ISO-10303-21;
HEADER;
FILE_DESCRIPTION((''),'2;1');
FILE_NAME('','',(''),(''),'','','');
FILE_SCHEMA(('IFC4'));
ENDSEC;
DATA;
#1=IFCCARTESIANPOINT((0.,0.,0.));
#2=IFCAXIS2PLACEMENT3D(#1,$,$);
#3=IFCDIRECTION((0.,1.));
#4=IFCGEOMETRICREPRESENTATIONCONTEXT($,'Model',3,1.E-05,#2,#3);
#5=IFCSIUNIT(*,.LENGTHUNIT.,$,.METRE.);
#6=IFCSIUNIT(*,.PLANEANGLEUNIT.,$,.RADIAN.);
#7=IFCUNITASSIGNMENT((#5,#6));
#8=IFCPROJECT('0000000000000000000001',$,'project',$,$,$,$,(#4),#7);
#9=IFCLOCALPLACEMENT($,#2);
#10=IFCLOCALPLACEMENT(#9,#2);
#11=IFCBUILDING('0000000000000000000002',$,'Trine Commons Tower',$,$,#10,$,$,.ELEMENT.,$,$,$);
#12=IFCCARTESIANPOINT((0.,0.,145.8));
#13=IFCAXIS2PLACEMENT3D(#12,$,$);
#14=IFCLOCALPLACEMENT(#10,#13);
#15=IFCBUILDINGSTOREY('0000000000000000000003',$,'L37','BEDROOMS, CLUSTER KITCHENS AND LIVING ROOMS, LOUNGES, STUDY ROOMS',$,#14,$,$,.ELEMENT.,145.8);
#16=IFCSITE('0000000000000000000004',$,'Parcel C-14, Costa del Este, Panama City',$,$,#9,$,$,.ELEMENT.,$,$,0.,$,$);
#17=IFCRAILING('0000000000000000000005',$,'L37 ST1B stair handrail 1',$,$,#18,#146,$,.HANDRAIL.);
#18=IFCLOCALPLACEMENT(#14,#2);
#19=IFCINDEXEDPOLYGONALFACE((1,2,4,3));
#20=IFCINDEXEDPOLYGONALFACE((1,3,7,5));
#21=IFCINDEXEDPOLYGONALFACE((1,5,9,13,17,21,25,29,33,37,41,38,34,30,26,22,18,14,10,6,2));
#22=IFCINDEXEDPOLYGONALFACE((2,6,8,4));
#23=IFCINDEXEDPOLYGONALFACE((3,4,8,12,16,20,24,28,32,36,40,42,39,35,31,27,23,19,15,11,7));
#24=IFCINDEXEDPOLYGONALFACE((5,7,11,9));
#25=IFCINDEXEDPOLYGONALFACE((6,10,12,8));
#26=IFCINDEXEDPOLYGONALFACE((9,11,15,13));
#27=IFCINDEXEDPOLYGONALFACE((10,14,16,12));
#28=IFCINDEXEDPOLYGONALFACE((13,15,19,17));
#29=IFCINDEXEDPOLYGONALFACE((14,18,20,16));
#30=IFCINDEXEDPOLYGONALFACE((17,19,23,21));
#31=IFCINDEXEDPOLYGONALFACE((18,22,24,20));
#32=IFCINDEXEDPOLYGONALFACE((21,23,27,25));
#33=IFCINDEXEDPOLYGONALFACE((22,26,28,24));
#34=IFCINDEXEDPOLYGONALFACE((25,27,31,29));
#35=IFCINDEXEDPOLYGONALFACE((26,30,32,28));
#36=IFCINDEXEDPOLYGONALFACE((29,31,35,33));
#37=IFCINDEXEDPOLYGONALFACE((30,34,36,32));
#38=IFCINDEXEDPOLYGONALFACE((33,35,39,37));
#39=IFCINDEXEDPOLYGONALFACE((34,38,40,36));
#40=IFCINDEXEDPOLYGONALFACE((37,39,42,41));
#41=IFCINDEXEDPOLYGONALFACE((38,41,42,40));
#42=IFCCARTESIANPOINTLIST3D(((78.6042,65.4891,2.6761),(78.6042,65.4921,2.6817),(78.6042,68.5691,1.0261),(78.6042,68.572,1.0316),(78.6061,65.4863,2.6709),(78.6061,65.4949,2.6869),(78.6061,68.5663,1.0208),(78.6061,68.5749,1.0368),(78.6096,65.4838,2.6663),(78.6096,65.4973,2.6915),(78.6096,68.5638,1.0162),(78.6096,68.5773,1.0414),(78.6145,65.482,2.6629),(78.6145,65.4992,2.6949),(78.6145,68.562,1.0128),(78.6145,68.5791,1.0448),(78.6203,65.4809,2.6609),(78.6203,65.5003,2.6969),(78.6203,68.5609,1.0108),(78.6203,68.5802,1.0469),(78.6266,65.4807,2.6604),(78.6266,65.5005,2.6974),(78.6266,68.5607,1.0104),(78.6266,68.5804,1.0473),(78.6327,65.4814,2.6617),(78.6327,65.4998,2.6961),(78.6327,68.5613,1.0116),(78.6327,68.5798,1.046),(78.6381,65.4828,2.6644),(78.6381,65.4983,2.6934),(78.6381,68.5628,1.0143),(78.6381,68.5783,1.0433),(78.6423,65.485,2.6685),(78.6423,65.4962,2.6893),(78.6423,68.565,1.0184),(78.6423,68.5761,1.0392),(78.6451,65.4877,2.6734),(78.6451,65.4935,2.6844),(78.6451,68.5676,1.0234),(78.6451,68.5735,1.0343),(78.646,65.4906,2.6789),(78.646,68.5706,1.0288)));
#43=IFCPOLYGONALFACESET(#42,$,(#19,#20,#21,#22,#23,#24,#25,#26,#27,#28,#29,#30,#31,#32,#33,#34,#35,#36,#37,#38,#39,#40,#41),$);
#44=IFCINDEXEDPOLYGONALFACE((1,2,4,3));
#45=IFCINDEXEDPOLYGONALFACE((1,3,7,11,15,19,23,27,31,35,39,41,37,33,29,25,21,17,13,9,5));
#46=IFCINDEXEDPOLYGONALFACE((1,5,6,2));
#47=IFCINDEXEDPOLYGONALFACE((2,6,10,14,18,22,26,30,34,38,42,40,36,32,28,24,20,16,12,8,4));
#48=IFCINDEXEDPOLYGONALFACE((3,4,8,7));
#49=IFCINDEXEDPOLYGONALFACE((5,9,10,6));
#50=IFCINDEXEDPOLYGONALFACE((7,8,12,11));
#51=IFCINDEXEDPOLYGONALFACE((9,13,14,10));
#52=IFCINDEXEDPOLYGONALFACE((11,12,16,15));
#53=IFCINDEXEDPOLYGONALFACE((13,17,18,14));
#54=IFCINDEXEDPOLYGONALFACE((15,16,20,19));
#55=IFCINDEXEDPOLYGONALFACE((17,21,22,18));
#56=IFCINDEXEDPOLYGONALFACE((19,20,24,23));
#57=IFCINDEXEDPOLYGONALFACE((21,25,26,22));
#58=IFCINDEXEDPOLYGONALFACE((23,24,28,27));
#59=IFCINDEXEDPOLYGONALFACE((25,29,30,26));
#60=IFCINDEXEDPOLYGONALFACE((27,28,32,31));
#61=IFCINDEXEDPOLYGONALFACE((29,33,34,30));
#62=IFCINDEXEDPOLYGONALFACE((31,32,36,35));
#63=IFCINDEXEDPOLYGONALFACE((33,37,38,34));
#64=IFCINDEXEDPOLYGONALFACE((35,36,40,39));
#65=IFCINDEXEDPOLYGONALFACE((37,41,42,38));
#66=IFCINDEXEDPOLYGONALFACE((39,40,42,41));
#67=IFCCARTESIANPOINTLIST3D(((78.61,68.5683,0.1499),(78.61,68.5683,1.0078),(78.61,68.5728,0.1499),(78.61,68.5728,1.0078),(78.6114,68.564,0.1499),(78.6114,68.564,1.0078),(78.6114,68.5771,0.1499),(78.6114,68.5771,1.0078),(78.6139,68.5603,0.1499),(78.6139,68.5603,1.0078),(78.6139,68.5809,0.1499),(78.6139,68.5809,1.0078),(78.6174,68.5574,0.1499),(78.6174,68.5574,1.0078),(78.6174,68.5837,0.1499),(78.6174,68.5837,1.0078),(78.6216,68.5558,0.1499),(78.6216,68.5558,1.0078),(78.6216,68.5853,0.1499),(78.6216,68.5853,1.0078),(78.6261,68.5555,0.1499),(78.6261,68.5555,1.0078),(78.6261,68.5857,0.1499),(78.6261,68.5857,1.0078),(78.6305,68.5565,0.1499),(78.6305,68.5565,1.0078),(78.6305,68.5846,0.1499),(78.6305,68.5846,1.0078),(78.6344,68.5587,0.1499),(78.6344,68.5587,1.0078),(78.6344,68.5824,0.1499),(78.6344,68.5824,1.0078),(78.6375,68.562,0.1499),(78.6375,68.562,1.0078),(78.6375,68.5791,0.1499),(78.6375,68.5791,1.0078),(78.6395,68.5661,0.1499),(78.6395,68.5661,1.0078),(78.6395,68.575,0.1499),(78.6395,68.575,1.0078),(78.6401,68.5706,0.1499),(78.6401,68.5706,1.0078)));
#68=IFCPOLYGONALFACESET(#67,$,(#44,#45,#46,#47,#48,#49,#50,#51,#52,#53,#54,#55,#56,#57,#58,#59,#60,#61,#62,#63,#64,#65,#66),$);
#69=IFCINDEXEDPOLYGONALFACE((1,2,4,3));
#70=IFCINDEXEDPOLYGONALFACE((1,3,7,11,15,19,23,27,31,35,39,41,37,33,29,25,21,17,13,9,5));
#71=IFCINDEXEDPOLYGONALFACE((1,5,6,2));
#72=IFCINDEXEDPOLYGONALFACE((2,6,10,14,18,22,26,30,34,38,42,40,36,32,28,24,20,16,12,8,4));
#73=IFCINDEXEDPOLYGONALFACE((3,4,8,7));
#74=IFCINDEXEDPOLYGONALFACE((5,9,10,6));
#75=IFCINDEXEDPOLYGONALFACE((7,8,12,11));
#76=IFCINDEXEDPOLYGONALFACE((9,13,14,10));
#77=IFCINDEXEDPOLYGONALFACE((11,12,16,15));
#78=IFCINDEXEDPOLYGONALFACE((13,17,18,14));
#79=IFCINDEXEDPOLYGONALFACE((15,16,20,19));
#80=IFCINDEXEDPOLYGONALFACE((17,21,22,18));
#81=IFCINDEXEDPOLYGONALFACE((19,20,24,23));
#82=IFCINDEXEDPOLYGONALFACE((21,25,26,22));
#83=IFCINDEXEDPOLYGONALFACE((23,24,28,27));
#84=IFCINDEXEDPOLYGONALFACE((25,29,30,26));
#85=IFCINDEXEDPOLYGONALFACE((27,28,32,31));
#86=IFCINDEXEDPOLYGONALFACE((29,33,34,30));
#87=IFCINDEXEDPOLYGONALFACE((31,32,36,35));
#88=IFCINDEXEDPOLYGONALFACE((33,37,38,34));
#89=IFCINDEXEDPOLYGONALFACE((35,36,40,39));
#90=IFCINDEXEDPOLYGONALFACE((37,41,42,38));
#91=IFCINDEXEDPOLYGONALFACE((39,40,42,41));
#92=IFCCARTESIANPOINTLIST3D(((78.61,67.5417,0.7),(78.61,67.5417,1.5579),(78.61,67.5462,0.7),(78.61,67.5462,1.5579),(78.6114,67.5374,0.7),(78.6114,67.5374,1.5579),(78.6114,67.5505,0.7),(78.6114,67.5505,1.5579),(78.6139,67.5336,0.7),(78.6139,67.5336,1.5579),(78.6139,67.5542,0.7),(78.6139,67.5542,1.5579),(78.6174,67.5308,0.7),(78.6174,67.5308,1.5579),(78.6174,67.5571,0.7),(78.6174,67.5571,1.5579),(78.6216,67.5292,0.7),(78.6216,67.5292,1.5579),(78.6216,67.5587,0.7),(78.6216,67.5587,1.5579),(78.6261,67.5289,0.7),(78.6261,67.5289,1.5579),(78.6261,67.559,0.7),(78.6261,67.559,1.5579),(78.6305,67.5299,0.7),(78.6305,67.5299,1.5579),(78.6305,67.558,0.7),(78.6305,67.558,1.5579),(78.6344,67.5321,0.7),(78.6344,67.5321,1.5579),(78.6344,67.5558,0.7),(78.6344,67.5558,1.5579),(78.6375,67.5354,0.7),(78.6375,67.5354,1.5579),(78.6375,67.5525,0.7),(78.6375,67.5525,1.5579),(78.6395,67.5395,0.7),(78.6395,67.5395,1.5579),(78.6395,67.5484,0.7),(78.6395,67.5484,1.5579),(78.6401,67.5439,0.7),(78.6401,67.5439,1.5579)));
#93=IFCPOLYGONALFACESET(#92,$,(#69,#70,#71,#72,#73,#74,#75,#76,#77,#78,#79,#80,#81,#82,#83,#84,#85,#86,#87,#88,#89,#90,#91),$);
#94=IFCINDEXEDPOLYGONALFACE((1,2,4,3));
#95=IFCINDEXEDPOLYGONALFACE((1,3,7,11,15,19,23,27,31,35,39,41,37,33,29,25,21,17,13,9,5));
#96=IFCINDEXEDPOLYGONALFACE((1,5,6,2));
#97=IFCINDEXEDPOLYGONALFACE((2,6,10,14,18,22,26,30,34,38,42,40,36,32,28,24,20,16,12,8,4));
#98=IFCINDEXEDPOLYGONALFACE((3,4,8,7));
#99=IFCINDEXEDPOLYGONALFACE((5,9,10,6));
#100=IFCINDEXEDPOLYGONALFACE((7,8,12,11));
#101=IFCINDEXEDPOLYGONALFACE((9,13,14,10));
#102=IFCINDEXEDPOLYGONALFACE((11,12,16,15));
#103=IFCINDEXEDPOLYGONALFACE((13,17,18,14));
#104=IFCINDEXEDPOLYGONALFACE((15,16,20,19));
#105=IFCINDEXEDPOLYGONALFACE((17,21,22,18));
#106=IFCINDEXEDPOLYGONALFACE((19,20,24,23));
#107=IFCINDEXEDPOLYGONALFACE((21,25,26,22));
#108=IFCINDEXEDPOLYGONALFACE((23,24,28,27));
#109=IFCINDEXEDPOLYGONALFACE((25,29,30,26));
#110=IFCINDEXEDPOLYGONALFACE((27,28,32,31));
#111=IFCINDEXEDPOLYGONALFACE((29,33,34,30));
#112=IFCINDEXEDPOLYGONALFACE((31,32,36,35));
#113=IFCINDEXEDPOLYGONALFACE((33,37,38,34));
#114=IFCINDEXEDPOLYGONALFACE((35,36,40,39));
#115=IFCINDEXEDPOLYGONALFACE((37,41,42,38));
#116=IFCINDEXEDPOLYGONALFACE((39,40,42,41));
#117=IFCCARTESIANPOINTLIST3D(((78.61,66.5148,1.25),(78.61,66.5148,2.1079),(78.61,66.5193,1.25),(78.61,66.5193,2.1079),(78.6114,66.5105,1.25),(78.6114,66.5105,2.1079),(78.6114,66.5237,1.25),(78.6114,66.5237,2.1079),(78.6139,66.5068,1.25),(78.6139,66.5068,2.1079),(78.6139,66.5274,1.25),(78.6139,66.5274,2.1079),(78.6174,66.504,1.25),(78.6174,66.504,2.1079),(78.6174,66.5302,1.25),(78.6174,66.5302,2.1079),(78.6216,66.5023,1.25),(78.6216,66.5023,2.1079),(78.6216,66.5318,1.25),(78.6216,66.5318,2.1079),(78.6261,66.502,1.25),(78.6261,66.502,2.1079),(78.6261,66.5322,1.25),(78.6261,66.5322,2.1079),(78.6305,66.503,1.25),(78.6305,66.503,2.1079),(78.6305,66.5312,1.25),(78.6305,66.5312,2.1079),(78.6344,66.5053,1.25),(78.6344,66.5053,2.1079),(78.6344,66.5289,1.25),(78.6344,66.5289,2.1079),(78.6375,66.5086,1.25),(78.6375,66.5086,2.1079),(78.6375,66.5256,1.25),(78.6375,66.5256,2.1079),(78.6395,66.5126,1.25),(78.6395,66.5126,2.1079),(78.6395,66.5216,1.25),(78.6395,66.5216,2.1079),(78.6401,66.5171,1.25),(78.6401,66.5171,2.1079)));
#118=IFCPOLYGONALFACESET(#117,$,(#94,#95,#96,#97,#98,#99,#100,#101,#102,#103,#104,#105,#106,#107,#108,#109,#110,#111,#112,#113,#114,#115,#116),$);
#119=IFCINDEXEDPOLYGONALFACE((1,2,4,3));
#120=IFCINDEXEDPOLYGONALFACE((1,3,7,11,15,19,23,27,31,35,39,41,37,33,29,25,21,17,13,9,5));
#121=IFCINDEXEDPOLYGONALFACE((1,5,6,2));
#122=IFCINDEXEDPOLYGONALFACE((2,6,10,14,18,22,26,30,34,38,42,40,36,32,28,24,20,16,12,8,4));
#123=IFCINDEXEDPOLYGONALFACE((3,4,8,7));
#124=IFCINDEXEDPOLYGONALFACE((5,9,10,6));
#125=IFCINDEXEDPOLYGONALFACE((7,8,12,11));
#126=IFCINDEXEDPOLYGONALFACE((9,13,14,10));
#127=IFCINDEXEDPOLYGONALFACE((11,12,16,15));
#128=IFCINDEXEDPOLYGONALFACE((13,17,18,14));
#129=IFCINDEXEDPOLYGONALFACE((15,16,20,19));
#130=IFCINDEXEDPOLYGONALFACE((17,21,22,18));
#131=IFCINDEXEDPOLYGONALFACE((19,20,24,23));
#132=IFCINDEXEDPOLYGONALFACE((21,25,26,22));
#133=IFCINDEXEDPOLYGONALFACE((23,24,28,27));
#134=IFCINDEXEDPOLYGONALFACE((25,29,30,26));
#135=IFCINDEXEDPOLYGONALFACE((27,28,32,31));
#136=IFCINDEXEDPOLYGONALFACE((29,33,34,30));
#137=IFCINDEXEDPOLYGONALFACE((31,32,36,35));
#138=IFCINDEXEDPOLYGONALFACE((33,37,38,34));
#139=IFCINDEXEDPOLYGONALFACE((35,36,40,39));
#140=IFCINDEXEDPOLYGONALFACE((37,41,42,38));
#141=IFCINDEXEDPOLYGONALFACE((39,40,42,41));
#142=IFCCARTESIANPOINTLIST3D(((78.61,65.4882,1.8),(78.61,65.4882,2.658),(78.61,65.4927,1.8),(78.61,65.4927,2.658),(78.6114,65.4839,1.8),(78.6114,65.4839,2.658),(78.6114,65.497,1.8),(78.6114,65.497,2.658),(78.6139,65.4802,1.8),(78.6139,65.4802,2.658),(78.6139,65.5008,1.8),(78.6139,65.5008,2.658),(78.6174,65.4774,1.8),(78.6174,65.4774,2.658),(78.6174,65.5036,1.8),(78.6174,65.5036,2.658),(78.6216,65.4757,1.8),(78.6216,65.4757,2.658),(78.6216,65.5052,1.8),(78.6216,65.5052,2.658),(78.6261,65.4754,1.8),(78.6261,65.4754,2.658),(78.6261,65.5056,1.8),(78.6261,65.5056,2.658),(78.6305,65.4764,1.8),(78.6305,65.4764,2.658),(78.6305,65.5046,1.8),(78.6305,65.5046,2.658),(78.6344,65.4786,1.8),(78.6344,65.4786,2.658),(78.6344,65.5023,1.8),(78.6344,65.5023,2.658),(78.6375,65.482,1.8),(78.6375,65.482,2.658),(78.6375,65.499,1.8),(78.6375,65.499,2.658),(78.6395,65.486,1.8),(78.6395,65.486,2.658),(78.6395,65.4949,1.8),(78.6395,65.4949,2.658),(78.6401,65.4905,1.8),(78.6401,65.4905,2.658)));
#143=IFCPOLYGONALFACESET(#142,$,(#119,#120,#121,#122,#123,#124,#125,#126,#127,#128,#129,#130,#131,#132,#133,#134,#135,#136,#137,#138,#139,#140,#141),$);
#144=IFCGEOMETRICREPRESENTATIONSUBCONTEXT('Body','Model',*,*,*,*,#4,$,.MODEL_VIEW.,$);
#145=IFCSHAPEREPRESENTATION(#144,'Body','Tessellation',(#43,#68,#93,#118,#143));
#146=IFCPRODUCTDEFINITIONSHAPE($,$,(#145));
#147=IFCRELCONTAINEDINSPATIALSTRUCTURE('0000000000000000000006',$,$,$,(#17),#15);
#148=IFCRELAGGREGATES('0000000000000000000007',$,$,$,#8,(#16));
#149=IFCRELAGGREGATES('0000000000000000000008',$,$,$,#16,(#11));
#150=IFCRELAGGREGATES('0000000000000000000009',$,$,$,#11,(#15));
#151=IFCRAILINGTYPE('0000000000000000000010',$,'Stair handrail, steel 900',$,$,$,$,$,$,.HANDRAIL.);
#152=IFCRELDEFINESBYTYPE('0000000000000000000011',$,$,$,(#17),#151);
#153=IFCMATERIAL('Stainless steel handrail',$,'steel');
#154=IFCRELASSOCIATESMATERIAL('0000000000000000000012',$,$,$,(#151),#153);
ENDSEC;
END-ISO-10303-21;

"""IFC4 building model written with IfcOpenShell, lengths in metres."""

from ifc_helpers import new_model, si_unit, direction, frame, origin, origin_2d, place, context, subcontext, project, spatial, circle, extrude, material, type_object, element, save


model = new_model("IFC4")

# Units and contexts
model_context = context("Model", 3, precision=1e-05, world=origin(), true_north=direction((0.0, 1.0)))
body_context = subcontext(model_context, "Body", "Model", "MODEL_VIEW")
ifc_project = project(units=[si_unit("LENGTHUNIT", "METRE"), si_unit("PLANEANGLEUNIT", "RADIAN")], contexts=[model_context])

# Site, building, storey
site_placement = place(None, origin())
site = spatial("IfcSite", under=ifc_project, at=site_placement, Name="Parcel C-14, Costa del Este, Panama City", CompositionType="ELEMENT", RefElevation=0.0)
building_placement = place(site_placement, origin())
building = spatial("IfcBuilding", under=site, at=building_placement, Name="Trine Commons Tower", CompositionType="ELEMENT")
storey_placement = place(building_placement, frame((0.0, 0.0, 145.8)))
storey = spatial("IfcBuildingStorey", under=building, at=storey_placement, Name="L37", Description="BEDROOMS, CLUSTER KITCHENS AND LIVING ROOMS, LOUNGES, STUDY ROOMS", CompositionType="ELEMENT", Elevation=145.8)

# Railing
ifc_material_1 = material(Name="Stainless steel handrail", Category="steel")
railing_type = type_object("IfcRailingType", Name="Stair handrail, steel 900", PredefinedType="HANDRAIL", material=ifc_material_1)
railing_placement = place(storey_placement, frame((78.625, 68.5706, 0.1499)))
element("IfcRailing", 1, at=railing_placement, inside=storey, type_object=railing_type, Name="L37 ST1B stair handrail 1", PredefinedType="HANDRAIL", context=body_context, shape_type="SweptSolid", body=[
    extrude(circle(Radius=0.021, at=origin_2d()), frame((0.0, 0.0, 0.8789), z_axis=(0.0, -0.881468, 0.472245), x_axis=(1.0, 0.0, 0.0)), (0.0, 0.0, 1.0), 3.4941),
    extrude(circle(Radius=0.0151, at=origin_2d()), origin(), (0.0, 0.0, 1.0), 0.8579),
    extrude(circle(Radius=0.0151, at=origin_2d()), frame((0.0, -1.0266, 0.55)), (0.0, 0.0, 1.0), 0.8579),
    extrude(circle(Radius=0.0151, at=origin_2d()), frame((0.0, -2.0535, 1.1001)), (0.0, 0.0, 1.0), 0.8579),
    extrude(circle(Radius=0.0151, at=origin_2d()), frame((0.0, -3.0801, 1.6501)), (0.0, 0.0, 1.0), 0.8579),
])

save(model, "model.ifc")
